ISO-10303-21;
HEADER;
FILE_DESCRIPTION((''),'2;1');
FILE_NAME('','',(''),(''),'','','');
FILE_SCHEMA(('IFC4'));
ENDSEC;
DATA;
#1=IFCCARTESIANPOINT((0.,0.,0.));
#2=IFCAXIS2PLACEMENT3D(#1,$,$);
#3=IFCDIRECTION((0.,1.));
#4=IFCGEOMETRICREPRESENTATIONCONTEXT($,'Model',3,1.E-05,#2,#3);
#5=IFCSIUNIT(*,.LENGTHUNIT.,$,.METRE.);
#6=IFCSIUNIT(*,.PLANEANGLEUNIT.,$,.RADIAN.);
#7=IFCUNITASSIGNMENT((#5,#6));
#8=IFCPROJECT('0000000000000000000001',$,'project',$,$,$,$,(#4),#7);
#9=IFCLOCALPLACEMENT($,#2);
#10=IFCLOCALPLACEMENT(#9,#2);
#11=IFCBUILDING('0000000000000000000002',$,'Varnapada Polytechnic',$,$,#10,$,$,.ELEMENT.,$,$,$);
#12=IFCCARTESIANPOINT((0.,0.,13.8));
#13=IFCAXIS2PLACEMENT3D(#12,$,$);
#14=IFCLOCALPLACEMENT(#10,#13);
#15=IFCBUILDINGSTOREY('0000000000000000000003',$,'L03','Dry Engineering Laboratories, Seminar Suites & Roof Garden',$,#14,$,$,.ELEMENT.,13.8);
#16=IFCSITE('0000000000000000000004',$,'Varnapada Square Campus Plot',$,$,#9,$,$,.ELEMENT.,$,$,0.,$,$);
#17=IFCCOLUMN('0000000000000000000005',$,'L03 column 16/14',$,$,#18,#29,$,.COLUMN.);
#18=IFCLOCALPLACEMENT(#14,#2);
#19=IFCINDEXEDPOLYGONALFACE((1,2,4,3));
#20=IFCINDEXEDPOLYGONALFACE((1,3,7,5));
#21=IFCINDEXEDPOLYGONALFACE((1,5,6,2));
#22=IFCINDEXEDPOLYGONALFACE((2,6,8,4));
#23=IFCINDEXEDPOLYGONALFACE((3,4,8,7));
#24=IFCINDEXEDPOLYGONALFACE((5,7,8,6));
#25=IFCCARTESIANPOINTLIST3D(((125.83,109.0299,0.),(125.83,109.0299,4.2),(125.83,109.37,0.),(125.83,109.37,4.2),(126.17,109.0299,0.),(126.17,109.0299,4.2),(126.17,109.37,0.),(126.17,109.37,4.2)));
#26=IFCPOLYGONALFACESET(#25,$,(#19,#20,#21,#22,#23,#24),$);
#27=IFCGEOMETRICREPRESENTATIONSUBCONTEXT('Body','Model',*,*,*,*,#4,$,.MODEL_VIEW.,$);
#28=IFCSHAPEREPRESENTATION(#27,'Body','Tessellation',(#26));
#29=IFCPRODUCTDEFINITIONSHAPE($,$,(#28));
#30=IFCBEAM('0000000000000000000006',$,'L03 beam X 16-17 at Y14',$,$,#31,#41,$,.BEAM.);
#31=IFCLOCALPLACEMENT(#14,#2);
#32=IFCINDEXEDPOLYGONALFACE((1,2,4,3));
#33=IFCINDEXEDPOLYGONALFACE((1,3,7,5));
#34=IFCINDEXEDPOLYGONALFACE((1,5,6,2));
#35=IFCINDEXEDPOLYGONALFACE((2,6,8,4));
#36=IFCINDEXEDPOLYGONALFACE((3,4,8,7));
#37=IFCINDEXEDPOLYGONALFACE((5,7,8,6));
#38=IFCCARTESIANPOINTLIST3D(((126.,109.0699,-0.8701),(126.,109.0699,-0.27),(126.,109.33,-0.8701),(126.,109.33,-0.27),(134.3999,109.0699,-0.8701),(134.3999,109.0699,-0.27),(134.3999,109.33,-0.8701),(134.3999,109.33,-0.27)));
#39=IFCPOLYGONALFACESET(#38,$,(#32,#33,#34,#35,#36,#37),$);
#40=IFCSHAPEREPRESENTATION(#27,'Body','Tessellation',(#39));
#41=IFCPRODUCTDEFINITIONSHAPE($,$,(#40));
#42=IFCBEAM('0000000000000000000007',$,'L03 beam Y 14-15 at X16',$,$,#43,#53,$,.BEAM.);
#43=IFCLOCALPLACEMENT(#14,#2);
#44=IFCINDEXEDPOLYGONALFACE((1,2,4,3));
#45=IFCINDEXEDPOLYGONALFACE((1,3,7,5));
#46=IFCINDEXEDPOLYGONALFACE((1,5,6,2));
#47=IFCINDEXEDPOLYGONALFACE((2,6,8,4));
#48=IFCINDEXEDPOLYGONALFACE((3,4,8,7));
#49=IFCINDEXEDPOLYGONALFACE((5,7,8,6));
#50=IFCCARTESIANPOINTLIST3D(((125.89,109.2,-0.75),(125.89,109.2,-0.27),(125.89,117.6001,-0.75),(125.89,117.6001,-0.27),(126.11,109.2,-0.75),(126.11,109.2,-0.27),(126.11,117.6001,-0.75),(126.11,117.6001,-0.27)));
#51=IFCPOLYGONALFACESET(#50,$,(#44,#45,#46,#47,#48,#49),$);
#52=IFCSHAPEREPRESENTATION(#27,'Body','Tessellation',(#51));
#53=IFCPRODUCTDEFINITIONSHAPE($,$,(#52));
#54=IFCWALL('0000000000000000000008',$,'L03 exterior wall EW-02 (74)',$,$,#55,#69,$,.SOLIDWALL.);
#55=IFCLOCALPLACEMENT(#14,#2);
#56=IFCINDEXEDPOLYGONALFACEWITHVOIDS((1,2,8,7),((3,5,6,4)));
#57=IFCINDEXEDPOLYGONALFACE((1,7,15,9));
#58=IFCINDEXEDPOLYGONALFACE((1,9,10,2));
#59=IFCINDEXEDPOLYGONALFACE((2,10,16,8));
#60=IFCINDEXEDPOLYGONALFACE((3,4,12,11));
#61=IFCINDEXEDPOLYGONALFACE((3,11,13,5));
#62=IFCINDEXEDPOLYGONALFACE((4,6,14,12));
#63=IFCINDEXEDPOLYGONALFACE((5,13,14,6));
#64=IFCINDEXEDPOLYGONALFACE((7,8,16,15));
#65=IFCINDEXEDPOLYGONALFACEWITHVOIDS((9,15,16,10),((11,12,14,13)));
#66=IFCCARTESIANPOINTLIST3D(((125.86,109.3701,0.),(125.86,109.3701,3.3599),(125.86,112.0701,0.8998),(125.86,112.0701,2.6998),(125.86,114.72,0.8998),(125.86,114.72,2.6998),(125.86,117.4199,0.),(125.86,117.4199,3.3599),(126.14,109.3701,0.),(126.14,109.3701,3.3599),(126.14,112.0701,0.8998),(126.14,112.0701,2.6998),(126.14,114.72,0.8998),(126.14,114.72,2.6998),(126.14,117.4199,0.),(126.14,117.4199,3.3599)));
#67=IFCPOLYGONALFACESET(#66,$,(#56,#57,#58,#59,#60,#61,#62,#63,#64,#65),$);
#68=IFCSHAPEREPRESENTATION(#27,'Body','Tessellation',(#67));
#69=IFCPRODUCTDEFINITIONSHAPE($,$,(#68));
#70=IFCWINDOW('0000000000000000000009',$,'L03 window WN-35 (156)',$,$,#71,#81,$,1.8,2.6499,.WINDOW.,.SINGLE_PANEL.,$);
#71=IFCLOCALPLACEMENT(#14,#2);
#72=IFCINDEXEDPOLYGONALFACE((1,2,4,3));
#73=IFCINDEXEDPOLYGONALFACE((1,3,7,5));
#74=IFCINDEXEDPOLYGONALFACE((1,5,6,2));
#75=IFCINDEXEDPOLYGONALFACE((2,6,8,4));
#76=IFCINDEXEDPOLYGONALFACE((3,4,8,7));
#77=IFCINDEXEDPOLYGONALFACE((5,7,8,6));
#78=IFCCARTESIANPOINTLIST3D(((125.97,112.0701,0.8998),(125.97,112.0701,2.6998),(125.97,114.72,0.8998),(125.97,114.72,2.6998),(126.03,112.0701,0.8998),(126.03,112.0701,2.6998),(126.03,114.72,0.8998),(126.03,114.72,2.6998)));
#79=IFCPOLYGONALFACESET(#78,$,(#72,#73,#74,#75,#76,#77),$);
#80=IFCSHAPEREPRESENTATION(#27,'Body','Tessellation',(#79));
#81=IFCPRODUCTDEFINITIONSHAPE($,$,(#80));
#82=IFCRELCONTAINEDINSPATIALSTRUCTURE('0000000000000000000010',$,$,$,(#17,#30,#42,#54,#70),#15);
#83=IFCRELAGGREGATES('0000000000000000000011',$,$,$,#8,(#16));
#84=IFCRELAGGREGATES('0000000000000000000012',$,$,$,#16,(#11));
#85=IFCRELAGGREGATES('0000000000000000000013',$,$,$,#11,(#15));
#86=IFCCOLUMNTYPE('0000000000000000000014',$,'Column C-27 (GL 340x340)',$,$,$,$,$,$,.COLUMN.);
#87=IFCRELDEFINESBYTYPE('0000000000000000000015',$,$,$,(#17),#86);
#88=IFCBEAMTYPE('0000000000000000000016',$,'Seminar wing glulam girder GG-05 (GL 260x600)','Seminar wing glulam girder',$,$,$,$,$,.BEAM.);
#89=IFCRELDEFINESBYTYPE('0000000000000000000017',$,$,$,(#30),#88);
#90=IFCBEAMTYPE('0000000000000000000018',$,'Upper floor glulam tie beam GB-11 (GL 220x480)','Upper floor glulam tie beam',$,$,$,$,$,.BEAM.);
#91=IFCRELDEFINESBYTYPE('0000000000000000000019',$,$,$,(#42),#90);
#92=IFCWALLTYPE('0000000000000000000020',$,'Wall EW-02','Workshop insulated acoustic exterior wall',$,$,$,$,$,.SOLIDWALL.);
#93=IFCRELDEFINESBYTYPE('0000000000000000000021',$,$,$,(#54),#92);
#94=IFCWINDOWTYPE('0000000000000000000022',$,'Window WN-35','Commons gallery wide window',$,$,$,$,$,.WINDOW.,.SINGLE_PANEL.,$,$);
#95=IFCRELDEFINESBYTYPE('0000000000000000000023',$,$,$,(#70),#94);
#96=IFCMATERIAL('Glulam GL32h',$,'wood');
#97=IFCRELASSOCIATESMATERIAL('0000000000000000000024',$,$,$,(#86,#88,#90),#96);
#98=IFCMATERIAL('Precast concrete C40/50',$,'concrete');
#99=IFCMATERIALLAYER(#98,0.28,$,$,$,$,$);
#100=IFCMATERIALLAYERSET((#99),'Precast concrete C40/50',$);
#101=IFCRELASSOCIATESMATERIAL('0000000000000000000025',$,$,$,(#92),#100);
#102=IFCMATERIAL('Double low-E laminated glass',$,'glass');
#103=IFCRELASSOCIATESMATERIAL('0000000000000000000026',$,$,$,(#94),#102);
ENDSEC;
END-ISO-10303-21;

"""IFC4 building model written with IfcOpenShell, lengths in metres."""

from ifc_helpers import new_model, si_unit, direction, frame, frame_2d, origin, origin_2d, place, context, subcontext, project, spatial, rectangle, extrude, material, layer, layer_set, material_profile, profile_set, type_object, element, fill, save


model = new_model("IFC4")

# Units and contexts
model_context = context("Model", 3, precision=1e-05, world=origin(), true_north=direction((0.0, 1.0)))
body_context = subcontext(model_context, "Body", "Model", "MODEL_VIEW")
ifc_project = project(units=[si_unit("LENGTHUNIT", "METRE"), si_unit("PLANEANGLEUNIT", "RADIAN")], contexts=[model_context])

# Site, building, storey
site_placement = place(None, origin())
site = spatial("IfcSite", under=ifc_project, at=site_placement, Name="Varnapada Square Campus Plot", CompositionType="ELEMENT", RefElevation=0.0)
building_placement = place(site_placement, origin())
building = spatial("IfcBuilding", under=site, at=building_placement, Name="Varnapada Polytechnic", CompositionType="ELEMENT")
storey_placement = place(building_placement, frame((0.0, 0.0, 13.8)))
storey = spatial("IfcBuildingStorey", under=building, at=storey_placement, Name="L03", Description="Dry Engineering Laboratories, Seminar Suites & Roof Garden", CompositionType="ELEMENT", Elevation=13.8)

# Column
ifc_material_1 = material(Name="Glulam GL32h", Category="wood")
ifc_material_profile_1 = material_profile(ifc_material_1, rectangle(XDim=0.3401, YDim=0.3401, at=origin_2d()), Name="GL 340x340")
ifc_profile_set_1 = profile_set([ifc_material_profile_1], Name="Glulam GL32h")
column_type = type_object("IfcColumnType", Name="Column C-27 (GL 340x340)", PredefinedType="COLUMN", material=ifc_profile_set_1)
column_placement = place(storey_placement, frame((126.0, 109.2, 0.0), z_axis=(0.0, 0.0, 1.0), x_axis=(1.0, 0.0, 0.0)))
element("IfcColumn", 1, at=column_placement, inside=storey, type_object=column_type, Name="L03 column 16/14", PredefinedType="COLUMN", context=body_context, shape_type="SweptSolid", body=[
    extrude(rectangle(XDim=0.3401, YDim=0.3401, at=origin_2d()), origin(), (0.0, 0.0, 1.0), 4.2),
])

# Beams
ifc_material_profile_2 = material_profile(ifc_material_1, rectangle(XDim=0.26, YDim=0.6001, at=origin_2d()), Name="GL 260x600")
ifc_profile_set_2 = profile_set([ifc_material_profile_2], Name="Glulam GL32h")
beam_type_1 = type_object("IfcBeamType", Name="Seminar wing glulam girder GG-05 (GL 260x600)", Description="Seminar wing glulam girder", PredefinedType="BEAM", material=ifc_profile_set_2)
beam_1_placement = place(storey_placement, frame((126.0, 109.2, -0.5701), z_axis=(1.0, 0.0, 0.0), x_axis=(0.0, 1.0, 0.0)))
element("IfcBeam", 2, at=beam_1_placement, inside=storey, type_object=beam_type_1, Name="L03 beam X 16-17 at Y14", PredefinedType="BEAM", context=body_context, shape_type="SweptSolid", body=[
    extrude(rectangle(XDim=0.26, YDim=0.6001, at=origin_2d()), origin(), (0.0, 0.0, 1.0), 8.3999),
])
ifc_material_profile_3 = material_profile(ifc_material_1, rectangle(XDim=0.22, YDim=0.48, at=origin_2d()), Name="GL 220x480")
ifc_profile_set_3 = profile_set([ifc_material_profile_3], Name="Glulam GL32h")
beam_type_2 = type_object("IfcBeamType", Name="Upper floor glulam tie beam GB-11 (GL 220x480)", Description="Upper floor glulam tie beam", PredefinedType="BEAM", material=ifc_profile_set_3)
beam_2_placement = place(storey_placement, frame((126.0, 109.2, -0.51), z_axis=(0.0, 1.0, 0.0), x_axis=(-1.0, 0.0, 0.0)))
element("IfcBeam", 3, at=beam_2_placement, inside=storey, type_object=beam_type_2, Name="L03 beam Y 14-15 at X16", PredefinedType="BEAM", context=body_context, shape_type="SweptSolid", body=[
    extrude(rectangle(XDim=0.22, YDim=0.48, at=origin_2d()), origin(), (0.0, 0.0, 1.0), 8.4001),
])

# Wall, opening, window
ifc_material_2 = material(Name="Precast concrete C40/50", Category="concrete")
ifc_layer_1 = layer(ifc_material_2, 0.28)
ifc_layer_set_1 = layer_set([ifc_layer_1], Name="Precast concrete C40/50")
wall_type = type_object("IfcWallType", Name="Wall EW-02", Description="Workshop insulated acoustic exterior wall", PredefinedType="SOLIDWALL", material=ifc_layer_set_1)
wall_placement = place(storey_placement, frame((126.0, 109.3701, 0.0), z_axis=(0.0, 0.0, 1.0), x_axis=(0.0, 1.0, 0.0)))
wall = element("IfcWall", 4, at=wall_placement, inside=storey, type_object=wall_type, Name="L03 exterior wall EW-02 (74)", PredefinedType="SOLIDWALL", context=body_context, shape_type="SweptSolid", body=[
    extrude(rectangle(XDim=8.0498, YDim=0.28, at=frame_2d((4.0249, 0.0))), origin(), (0.0, 0.0, 1.0), 3.3599),
])
opening_1_placement = place(wall_placement, frame((2.7, 0.0, 0.8999)))
opening_1 = element("IfcOpeningElement", 5, at=opening_1_placement, cuts=wall, PredefinedType="OPENING", context=body_context, shape_type="SweptSolid", body=[
    extrude(rectangle(XDim=2.6499, YDim=1.8, at=frame_2d((1.325, 0.8999))), frame((0.0, 0.1499, 0.0), z_axis=(0.0, -1.0, 0.0), x_axis=(1.0, 0.0, 0.0)), (0.0, 0.0, 1.0), 0.3),
])
ifc_material_3 = material(Name="Double low-E laminated glass", Category="glass")
window_type = type_object("IfcWindowType", Name="Window WN-35", Description="Commons gallery wide window", PartitioningType="SINGLE_PANEL", PredefinedType="WINDOW", material=ifc_material_3)
window_placement = place(opening_1_placement, origin())
window = element("IfcWindow", 6, at=window_placement, inside=storey, type_object=window_type, Name="L03 window WN-35 (156)", OverallHeight=1.8, OverallWidth=2.6499, PartitioningType="SINGLE_PANEL", PredefinedType="WINDOW", context=body_context, shape_type="SweptSolid", body=[
    extrude(rectangle(XDim=2.6499, YDim=1.8, at=frame_2d((1.325, 0.8999))), frame((0.0, 0.03, 0.0), z_axis=(0.0, -1.0, 0.0), x_axis=(1.0, 0.0, 0.0)), (0.0, 0.0, 1.0), 0.0601),
])
fill(opening_1, window)

save(model, "model.ifc")
